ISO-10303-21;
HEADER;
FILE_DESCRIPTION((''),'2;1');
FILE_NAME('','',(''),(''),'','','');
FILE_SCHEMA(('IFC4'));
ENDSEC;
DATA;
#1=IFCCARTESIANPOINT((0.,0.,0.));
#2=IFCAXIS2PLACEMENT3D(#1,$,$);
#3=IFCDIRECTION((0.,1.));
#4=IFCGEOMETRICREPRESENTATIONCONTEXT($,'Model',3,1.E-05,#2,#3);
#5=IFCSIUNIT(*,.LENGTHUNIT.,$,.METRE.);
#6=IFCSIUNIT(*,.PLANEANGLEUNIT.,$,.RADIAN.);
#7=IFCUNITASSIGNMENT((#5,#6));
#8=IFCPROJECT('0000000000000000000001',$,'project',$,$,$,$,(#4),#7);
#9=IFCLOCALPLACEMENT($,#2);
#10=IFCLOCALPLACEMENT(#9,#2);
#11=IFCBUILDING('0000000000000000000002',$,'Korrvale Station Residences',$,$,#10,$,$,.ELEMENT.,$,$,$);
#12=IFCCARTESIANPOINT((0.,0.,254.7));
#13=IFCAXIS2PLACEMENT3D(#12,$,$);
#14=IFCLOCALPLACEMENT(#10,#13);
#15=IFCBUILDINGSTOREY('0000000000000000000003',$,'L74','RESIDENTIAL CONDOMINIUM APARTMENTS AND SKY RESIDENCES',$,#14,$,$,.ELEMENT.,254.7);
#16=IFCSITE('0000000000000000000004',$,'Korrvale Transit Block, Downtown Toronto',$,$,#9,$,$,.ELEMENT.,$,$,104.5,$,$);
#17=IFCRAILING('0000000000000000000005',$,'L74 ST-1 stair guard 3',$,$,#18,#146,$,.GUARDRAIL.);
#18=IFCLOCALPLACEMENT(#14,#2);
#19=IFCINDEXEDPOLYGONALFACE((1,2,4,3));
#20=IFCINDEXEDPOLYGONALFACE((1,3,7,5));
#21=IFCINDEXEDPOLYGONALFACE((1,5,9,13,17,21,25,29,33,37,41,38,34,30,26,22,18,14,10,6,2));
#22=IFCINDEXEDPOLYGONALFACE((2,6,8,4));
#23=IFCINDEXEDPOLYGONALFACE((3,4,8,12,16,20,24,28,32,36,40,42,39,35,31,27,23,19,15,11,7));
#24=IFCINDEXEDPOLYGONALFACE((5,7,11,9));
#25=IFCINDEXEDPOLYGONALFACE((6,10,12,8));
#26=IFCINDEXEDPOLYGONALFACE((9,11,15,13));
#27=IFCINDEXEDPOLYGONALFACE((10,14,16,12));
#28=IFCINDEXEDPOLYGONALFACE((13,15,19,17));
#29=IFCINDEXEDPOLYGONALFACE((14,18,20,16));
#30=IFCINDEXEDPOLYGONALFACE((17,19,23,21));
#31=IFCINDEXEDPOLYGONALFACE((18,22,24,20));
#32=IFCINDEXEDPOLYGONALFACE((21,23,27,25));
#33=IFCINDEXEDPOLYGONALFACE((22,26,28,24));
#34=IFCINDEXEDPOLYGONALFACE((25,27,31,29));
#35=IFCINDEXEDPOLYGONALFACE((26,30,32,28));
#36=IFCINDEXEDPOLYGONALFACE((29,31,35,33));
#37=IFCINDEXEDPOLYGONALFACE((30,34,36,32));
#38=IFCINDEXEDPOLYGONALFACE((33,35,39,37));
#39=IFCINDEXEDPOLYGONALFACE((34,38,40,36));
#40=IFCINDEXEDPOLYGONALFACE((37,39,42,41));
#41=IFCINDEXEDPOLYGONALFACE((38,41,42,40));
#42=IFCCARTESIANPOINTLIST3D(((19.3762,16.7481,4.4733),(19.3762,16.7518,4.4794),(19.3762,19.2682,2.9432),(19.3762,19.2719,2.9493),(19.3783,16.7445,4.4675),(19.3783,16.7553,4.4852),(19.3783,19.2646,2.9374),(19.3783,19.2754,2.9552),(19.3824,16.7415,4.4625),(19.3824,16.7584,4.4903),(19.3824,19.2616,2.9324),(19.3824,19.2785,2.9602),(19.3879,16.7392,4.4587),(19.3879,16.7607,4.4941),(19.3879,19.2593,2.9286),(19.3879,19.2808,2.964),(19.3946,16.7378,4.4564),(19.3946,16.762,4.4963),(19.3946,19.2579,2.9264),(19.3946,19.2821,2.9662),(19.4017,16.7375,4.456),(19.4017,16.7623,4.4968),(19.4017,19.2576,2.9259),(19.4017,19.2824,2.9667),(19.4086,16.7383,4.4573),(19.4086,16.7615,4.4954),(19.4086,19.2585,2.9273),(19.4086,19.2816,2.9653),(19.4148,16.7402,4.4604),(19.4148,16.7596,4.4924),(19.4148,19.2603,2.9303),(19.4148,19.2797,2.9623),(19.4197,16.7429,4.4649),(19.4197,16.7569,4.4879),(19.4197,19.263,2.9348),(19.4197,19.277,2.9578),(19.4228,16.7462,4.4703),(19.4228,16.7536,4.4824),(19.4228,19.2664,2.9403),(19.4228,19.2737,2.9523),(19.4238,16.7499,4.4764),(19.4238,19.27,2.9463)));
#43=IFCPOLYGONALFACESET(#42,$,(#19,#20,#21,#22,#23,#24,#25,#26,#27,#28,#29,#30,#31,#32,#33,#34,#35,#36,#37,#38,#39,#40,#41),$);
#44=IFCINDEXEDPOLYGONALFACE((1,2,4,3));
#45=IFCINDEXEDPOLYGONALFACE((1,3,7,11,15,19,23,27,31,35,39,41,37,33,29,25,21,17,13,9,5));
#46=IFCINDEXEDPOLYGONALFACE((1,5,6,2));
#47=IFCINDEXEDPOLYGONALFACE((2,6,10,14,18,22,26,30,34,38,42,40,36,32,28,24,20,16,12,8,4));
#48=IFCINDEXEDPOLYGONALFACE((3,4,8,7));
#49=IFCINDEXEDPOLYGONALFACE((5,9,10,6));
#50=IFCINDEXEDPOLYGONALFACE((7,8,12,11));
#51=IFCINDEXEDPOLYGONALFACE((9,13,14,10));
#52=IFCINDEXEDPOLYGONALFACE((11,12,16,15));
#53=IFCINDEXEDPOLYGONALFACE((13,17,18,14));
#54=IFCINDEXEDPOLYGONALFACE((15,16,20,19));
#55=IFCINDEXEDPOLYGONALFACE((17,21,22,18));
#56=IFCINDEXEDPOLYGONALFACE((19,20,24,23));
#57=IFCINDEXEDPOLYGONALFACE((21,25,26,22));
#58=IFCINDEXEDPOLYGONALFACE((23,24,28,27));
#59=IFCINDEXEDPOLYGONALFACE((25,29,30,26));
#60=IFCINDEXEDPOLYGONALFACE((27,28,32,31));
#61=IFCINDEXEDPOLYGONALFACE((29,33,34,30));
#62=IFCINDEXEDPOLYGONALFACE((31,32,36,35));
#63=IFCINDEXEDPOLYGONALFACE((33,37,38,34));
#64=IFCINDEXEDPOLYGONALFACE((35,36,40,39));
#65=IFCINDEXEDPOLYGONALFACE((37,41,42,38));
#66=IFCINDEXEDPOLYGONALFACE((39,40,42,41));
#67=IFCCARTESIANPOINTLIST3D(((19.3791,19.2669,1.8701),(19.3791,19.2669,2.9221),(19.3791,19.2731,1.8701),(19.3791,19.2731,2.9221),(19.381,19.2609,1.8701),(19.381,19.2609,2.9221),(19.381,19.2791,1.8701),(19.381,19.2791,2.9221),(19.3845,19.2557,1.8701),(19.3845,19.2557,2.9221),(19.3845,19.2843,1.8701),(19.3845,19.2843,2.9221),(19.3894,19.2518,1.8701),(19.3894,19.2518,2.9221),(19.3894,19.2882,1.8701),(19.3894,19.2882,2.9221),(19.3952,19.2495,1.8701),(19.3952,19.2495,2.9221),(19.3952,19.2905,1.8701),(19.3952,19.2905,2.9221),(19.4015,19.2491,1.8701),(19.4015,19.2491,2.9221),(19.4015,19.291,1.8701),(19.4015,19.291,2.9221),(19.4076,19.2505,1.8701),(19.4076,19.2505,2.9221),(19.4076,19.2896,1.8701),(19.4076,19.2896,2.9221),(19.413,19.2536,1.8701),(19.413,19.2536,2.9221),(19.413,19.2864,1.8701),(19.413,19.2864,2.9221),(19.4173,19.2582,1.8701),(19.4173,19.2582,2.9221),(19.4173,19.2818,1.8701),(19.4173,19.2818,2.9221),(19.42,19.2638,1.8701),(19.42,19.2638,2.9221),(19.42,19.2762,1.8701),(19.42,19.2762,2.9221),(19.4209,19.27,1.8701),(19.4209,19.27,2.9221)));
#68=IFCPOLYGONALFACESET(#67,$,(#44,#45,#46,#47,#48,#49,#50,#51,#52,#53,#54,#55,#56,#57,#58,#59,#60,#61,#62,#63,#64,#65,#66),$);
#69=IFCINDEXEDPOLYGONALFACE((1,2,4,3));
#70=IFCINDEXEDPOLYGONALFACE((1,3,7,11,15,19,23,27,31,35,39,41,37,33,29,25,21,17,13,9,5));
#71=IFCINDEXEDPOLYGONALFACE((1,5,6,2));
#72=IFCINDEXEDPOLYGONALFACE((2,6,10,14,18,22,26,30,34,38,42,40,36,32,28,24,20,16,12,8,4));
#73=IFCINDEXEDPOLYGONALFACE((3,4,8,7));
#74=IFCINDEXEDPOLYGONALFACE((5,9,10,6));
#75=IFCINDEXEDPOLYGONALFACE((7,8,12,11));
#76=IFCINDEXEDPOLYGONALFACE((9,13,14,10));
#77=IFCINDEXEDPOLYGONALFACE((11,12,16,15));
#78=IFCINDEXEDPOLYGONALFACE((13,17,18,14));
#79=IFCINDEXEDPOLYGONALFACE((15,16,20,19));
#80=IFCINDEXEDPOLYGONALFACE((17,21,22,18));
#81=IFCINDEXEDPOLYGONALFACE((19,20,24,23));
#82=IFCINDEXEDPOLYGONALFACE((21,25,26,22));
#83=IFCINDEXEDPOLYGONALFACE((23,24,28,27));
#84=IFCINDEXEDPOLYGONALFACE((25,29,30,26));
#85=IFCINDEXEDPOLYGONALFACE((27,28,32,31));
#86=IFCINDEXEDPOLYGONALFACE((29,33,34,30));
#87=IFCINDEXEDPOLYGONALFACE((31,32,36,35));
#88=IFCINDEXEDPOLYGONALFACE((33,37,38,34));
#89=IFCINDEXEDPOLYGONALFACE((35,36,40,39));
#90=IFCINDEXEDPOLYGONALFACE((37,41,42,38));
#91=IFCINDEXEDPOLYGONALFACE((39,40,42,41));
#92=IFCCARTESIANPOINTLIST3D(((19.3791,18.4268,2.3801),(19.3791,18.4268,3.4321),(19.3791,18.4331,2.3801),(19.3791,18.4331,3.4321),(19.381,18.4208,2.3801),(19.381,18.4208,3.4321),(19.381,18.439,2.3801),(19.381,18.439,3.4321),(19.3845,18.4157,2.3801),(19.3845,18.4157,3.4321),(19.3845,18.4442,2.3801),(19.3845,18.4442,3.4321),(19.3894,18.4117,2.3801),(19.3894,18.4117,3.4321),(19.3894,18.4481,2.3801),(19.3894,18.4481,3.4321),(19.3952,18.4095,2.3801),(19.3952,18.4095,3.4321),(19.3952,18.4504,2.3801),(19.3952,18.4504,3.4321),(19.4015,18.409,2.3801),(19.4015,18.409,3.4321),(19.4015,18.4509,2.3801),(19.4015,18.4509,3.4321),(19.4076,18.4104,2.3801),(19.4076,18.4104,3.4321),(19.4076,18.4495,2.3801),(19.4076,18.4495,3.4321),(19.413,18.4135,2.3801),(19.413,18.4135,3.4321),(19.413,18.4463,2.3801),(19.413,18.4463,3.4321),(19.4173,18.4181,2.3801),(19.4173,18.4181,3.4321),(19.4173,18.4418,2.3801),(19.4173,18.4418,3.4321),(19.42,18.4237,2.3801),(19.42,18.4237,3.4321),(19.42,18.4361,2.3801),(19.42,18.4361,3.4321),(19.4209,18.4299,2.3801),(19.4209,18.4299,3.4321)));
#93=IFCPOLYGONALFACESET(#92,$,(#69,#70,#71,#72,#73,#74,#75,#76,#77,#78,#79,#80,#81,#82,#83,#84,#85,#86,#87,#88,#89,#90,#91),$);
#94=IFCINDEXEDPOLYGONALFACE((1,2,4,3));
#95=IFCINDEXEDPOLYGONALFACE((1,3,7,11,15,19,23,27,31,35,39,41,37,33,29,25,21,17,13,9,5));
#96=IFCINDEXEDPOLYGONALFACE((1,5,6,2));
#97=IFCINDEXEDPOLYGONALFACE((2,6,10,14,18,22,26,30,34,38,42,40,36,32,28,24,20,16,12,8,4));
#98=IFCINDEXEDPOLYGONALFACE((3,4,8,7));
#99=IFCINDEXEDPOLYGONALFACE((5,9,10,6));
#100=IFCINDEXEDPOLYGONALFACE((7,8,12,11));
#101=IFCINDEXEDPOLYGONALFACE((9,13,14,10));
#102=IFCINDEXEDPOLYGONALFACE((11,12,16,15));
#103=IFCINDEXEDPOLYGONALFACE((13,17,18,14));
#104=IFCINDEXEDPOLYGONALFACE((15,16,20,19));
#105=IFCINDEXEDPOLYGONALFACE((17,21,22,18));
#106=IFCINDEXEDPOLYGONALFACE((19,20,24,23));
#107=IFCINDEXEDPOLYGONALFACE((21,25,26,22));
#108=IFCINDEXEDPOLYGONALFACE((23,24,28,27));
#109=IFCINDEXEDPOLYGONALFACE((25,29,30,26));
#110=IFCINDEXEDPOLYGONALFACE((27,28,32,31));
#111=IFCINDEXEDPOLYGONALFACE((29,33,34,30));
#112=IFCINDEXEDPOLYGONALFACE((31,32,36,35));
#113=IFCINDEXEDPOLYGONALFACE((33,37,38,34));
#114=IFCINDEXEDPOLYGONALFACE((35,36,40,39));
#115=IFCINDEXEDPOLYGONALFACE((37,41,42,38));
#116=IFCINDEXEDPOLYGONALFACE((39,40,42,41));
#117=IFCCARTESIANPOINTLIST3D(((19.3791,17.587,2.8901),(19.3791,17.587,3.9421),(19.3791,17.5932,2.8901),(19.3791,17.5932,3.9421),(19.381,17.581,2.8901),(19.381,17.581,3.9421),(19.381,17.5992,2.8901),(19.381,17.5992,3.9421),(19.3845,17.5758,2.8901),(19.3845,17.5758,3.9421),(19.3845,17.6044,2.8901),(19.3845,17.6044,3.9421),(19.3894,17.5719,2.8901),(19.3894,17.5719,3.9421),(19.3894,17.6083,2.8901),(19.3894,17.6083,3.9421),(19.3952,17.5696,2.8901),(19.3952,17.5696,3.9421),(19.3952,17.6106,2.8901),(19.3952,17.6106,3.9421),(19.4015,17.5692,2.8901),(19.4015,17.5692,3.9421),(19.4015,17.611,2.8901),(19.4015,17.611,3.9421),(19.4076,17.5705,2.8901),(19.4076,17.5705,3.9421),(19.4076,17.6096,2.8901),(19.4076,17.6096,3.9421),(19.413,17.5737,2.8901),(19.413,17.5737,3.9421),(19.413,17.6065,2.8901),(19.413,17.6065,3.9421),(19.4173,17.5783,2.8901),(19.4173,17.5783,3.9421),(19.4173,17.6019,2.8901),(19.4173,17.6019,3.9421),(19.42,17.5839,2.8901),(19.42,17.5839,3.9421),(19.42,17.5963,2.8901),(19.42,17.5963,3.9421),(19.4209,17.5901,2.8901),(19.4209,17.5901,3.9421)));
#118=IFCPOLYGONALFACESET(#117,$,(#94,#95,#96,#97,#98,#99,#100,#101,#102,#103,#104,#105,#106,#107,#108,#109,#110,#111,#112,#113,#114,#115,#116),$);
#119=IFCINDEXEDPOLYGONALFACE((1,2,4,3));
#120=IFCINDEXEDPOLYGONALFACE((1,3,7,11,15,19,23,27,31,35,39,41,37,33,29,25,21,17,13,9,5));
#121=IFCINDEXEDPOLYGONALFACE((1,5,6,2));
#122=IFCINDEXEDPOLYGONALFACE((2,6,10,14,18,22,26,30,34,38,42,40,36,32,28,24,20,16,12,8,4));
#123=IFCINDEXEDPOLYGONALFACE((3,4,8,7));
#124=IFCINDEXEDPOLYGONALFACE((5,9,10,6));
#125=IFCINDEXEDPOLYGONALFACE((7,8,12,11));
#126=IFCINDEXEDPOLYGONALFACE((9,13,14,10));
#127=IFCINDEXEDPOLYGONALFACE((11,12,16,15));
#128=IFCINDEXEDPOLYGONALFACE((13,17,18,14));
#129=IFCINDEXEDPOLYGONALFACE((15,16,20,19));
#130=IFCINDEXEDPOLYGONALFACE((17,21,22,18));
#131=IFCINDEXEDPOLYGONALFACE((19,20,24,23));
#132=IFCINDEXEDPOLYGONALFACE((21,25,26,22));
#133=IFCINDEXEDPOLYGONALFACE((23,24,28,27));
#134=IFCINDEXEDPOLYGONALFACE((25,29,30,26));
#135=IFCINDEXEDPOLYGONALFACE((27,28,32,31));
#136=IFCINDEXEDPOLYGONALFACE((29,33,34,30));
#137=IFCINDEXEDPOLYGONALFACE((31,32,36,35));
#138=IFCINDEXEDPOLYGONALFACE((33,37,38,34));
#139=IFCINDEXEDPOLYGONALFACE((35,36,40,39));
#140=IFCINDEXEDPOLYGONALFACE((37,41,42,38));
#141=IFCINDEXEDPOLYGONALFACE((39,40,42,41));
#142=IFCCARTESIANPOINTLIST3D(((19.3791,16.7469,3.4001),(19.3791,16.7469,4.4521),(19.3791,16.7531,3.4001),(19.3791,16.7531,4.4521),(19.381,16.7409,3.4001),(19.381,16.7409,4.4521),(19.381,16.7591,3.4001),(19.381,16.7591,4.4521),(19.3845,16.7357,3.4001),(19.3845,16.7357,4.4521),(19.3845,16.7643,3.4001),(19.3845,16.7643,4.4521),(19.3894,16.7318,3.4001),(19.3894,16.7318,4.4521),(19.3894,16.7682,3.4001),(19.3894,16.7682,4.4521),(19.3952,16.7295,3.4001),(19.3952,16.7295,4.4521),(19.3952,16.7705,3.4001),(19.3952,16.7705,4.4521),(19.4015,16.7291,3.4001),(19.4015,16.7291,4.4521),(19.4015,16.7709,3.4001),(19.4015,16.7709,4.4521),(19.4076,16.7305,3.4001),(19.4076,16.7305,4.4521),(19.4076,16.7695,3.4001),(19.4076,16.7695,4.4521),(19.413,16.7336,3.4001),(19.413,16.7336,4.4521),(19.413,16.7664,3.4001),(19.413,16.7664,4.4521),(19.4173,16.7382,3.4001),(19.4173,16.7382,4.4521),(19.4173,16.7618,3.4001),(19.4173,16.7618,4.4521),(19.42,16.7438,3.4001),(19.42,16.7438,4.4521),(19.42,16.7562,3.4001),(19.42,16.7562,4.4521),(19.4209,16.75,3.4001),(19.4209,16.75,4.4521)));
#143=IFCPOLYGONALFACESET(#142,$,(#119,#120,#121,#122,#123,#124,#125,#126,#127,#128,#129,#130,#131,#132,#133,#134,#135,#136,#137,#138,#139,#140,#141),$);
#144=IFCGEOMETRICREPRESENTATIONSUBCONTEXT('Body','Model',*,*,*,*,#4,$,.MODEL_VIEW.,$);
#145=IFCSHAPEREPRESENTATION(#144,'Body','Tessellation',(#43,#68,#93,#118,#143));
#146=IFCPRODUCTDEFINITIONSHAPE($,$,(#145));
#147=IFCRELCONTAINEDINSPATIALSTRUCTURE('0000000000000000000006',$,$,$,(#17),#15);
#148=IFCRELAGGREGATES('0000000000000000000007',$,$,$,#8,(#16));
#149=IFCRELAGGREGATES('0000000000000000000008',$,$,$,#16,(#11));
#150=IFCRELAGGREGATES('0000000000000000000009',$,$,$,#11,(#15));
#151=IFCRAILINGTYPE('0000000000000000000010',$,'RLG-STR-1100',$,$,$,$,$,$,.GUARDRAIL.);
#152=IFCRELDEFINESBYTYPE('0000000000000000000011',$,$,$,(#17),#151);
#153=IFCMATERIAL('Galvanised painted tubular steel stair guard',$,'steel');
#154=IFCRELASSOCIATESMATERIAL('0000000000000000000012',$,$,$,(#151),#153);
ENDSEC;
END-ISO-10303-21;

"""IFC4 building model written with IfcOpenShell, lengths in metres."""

from ifc_helpers import new_model, si_unit, direction, frame, origin, origin_2d, place, context, subcontext, project, spatial, circle, extrude, material, type_object, element, save


model = new_model("IFC4")

# Units and contexts
model_context = context("Model", 3, precision=1e-05, world=origin(), true_north=direction((0.0, 1.0)))
body_context = subcontext(model_context, "Body", "Model", "MODEL_VIEW")
ifc_project = project(units=[si_unit("LENGTHUNIT", "METRE"), si_unit("PLANEANGLEUNIT", "RADIAN")], contexts=[model_context])

# Site, building, storey
site_placement = place(None, origin())
site = spatial("IfcSite", under=ifc_project, at=site_placement, Name="Korrvale Transit Block, Downtown Toronto", CompositionType="ELEMENT", RefElevation=104.5)
building_placement = place(site_placement, origin())
building = spatial("IfcBuilding", under=site, at=building_placement, Name="Korrvale Station Residences", CompositionType="ELEMENT")
storey_placement = place(building_placement, frame((0.0, 0.0, 254.7)))
storey = spatial("IfcBuildingStorey", under=building, at=storey_placement, Name="L74", Description="RESIDENTIAL CONDOMINIUM APARTMENTS AND SKY RESIDENCES", CompositionType="ELEMENT", Elevation=254.7)

# Railing
ifc_material_1 = material(Name="Galvanised painted tubular steel stair guard", Category="steel")
railing_type_1 = type_object("IfcRailingType", Name="RLG-STR-1100", PredefinedType="GUARDRAIL", material=ifc_material_1)
railing_1_placement = place(storey_placement, frame((19.3999, 19.27, 1.8701)))
element("IfcRailing", 1, at=railing_1_placement, inside=storey, type_object=railing_type_1, Name="L74 ST-1 stair guard 3", PredefinedType="GUARDRAIL", context=body_context, shape_type="SweptSolid", body=[
    extrude(circle(Radius=0.0239, at=origin_2d()), frame((0.0, 0.0, 1.0762), z_axis=(0.0, -0.854785, 0.518982), x_axis=(1.0, 0.0, 0.0)), (0.0, 0.0, 1.0), 2.9482),
    extrude(circle(Radius=0.021, at=origin_2d()), origin(), (0.0, 0.0, 1.0), 1.052),
    extrude(circle(Radius=0.021, at=origin_2d()), frame((0.0, -0.8401, 0.51)), (0.0, 0.0, 1.0), 1.052),
    extrude(circle(Radius=0.021, at=origin_2d()), frame((0.0, -1.6799, 1.02)), (0.0, 0.0, 1.0), 1.052),
    extrude(circle(Radius=0.021, at=origin_2d()), frame((0.0, -2.52, 1.53)), (0.0, 0.0, 1.0), 1.052),
])

save(model, "model.ifc")
